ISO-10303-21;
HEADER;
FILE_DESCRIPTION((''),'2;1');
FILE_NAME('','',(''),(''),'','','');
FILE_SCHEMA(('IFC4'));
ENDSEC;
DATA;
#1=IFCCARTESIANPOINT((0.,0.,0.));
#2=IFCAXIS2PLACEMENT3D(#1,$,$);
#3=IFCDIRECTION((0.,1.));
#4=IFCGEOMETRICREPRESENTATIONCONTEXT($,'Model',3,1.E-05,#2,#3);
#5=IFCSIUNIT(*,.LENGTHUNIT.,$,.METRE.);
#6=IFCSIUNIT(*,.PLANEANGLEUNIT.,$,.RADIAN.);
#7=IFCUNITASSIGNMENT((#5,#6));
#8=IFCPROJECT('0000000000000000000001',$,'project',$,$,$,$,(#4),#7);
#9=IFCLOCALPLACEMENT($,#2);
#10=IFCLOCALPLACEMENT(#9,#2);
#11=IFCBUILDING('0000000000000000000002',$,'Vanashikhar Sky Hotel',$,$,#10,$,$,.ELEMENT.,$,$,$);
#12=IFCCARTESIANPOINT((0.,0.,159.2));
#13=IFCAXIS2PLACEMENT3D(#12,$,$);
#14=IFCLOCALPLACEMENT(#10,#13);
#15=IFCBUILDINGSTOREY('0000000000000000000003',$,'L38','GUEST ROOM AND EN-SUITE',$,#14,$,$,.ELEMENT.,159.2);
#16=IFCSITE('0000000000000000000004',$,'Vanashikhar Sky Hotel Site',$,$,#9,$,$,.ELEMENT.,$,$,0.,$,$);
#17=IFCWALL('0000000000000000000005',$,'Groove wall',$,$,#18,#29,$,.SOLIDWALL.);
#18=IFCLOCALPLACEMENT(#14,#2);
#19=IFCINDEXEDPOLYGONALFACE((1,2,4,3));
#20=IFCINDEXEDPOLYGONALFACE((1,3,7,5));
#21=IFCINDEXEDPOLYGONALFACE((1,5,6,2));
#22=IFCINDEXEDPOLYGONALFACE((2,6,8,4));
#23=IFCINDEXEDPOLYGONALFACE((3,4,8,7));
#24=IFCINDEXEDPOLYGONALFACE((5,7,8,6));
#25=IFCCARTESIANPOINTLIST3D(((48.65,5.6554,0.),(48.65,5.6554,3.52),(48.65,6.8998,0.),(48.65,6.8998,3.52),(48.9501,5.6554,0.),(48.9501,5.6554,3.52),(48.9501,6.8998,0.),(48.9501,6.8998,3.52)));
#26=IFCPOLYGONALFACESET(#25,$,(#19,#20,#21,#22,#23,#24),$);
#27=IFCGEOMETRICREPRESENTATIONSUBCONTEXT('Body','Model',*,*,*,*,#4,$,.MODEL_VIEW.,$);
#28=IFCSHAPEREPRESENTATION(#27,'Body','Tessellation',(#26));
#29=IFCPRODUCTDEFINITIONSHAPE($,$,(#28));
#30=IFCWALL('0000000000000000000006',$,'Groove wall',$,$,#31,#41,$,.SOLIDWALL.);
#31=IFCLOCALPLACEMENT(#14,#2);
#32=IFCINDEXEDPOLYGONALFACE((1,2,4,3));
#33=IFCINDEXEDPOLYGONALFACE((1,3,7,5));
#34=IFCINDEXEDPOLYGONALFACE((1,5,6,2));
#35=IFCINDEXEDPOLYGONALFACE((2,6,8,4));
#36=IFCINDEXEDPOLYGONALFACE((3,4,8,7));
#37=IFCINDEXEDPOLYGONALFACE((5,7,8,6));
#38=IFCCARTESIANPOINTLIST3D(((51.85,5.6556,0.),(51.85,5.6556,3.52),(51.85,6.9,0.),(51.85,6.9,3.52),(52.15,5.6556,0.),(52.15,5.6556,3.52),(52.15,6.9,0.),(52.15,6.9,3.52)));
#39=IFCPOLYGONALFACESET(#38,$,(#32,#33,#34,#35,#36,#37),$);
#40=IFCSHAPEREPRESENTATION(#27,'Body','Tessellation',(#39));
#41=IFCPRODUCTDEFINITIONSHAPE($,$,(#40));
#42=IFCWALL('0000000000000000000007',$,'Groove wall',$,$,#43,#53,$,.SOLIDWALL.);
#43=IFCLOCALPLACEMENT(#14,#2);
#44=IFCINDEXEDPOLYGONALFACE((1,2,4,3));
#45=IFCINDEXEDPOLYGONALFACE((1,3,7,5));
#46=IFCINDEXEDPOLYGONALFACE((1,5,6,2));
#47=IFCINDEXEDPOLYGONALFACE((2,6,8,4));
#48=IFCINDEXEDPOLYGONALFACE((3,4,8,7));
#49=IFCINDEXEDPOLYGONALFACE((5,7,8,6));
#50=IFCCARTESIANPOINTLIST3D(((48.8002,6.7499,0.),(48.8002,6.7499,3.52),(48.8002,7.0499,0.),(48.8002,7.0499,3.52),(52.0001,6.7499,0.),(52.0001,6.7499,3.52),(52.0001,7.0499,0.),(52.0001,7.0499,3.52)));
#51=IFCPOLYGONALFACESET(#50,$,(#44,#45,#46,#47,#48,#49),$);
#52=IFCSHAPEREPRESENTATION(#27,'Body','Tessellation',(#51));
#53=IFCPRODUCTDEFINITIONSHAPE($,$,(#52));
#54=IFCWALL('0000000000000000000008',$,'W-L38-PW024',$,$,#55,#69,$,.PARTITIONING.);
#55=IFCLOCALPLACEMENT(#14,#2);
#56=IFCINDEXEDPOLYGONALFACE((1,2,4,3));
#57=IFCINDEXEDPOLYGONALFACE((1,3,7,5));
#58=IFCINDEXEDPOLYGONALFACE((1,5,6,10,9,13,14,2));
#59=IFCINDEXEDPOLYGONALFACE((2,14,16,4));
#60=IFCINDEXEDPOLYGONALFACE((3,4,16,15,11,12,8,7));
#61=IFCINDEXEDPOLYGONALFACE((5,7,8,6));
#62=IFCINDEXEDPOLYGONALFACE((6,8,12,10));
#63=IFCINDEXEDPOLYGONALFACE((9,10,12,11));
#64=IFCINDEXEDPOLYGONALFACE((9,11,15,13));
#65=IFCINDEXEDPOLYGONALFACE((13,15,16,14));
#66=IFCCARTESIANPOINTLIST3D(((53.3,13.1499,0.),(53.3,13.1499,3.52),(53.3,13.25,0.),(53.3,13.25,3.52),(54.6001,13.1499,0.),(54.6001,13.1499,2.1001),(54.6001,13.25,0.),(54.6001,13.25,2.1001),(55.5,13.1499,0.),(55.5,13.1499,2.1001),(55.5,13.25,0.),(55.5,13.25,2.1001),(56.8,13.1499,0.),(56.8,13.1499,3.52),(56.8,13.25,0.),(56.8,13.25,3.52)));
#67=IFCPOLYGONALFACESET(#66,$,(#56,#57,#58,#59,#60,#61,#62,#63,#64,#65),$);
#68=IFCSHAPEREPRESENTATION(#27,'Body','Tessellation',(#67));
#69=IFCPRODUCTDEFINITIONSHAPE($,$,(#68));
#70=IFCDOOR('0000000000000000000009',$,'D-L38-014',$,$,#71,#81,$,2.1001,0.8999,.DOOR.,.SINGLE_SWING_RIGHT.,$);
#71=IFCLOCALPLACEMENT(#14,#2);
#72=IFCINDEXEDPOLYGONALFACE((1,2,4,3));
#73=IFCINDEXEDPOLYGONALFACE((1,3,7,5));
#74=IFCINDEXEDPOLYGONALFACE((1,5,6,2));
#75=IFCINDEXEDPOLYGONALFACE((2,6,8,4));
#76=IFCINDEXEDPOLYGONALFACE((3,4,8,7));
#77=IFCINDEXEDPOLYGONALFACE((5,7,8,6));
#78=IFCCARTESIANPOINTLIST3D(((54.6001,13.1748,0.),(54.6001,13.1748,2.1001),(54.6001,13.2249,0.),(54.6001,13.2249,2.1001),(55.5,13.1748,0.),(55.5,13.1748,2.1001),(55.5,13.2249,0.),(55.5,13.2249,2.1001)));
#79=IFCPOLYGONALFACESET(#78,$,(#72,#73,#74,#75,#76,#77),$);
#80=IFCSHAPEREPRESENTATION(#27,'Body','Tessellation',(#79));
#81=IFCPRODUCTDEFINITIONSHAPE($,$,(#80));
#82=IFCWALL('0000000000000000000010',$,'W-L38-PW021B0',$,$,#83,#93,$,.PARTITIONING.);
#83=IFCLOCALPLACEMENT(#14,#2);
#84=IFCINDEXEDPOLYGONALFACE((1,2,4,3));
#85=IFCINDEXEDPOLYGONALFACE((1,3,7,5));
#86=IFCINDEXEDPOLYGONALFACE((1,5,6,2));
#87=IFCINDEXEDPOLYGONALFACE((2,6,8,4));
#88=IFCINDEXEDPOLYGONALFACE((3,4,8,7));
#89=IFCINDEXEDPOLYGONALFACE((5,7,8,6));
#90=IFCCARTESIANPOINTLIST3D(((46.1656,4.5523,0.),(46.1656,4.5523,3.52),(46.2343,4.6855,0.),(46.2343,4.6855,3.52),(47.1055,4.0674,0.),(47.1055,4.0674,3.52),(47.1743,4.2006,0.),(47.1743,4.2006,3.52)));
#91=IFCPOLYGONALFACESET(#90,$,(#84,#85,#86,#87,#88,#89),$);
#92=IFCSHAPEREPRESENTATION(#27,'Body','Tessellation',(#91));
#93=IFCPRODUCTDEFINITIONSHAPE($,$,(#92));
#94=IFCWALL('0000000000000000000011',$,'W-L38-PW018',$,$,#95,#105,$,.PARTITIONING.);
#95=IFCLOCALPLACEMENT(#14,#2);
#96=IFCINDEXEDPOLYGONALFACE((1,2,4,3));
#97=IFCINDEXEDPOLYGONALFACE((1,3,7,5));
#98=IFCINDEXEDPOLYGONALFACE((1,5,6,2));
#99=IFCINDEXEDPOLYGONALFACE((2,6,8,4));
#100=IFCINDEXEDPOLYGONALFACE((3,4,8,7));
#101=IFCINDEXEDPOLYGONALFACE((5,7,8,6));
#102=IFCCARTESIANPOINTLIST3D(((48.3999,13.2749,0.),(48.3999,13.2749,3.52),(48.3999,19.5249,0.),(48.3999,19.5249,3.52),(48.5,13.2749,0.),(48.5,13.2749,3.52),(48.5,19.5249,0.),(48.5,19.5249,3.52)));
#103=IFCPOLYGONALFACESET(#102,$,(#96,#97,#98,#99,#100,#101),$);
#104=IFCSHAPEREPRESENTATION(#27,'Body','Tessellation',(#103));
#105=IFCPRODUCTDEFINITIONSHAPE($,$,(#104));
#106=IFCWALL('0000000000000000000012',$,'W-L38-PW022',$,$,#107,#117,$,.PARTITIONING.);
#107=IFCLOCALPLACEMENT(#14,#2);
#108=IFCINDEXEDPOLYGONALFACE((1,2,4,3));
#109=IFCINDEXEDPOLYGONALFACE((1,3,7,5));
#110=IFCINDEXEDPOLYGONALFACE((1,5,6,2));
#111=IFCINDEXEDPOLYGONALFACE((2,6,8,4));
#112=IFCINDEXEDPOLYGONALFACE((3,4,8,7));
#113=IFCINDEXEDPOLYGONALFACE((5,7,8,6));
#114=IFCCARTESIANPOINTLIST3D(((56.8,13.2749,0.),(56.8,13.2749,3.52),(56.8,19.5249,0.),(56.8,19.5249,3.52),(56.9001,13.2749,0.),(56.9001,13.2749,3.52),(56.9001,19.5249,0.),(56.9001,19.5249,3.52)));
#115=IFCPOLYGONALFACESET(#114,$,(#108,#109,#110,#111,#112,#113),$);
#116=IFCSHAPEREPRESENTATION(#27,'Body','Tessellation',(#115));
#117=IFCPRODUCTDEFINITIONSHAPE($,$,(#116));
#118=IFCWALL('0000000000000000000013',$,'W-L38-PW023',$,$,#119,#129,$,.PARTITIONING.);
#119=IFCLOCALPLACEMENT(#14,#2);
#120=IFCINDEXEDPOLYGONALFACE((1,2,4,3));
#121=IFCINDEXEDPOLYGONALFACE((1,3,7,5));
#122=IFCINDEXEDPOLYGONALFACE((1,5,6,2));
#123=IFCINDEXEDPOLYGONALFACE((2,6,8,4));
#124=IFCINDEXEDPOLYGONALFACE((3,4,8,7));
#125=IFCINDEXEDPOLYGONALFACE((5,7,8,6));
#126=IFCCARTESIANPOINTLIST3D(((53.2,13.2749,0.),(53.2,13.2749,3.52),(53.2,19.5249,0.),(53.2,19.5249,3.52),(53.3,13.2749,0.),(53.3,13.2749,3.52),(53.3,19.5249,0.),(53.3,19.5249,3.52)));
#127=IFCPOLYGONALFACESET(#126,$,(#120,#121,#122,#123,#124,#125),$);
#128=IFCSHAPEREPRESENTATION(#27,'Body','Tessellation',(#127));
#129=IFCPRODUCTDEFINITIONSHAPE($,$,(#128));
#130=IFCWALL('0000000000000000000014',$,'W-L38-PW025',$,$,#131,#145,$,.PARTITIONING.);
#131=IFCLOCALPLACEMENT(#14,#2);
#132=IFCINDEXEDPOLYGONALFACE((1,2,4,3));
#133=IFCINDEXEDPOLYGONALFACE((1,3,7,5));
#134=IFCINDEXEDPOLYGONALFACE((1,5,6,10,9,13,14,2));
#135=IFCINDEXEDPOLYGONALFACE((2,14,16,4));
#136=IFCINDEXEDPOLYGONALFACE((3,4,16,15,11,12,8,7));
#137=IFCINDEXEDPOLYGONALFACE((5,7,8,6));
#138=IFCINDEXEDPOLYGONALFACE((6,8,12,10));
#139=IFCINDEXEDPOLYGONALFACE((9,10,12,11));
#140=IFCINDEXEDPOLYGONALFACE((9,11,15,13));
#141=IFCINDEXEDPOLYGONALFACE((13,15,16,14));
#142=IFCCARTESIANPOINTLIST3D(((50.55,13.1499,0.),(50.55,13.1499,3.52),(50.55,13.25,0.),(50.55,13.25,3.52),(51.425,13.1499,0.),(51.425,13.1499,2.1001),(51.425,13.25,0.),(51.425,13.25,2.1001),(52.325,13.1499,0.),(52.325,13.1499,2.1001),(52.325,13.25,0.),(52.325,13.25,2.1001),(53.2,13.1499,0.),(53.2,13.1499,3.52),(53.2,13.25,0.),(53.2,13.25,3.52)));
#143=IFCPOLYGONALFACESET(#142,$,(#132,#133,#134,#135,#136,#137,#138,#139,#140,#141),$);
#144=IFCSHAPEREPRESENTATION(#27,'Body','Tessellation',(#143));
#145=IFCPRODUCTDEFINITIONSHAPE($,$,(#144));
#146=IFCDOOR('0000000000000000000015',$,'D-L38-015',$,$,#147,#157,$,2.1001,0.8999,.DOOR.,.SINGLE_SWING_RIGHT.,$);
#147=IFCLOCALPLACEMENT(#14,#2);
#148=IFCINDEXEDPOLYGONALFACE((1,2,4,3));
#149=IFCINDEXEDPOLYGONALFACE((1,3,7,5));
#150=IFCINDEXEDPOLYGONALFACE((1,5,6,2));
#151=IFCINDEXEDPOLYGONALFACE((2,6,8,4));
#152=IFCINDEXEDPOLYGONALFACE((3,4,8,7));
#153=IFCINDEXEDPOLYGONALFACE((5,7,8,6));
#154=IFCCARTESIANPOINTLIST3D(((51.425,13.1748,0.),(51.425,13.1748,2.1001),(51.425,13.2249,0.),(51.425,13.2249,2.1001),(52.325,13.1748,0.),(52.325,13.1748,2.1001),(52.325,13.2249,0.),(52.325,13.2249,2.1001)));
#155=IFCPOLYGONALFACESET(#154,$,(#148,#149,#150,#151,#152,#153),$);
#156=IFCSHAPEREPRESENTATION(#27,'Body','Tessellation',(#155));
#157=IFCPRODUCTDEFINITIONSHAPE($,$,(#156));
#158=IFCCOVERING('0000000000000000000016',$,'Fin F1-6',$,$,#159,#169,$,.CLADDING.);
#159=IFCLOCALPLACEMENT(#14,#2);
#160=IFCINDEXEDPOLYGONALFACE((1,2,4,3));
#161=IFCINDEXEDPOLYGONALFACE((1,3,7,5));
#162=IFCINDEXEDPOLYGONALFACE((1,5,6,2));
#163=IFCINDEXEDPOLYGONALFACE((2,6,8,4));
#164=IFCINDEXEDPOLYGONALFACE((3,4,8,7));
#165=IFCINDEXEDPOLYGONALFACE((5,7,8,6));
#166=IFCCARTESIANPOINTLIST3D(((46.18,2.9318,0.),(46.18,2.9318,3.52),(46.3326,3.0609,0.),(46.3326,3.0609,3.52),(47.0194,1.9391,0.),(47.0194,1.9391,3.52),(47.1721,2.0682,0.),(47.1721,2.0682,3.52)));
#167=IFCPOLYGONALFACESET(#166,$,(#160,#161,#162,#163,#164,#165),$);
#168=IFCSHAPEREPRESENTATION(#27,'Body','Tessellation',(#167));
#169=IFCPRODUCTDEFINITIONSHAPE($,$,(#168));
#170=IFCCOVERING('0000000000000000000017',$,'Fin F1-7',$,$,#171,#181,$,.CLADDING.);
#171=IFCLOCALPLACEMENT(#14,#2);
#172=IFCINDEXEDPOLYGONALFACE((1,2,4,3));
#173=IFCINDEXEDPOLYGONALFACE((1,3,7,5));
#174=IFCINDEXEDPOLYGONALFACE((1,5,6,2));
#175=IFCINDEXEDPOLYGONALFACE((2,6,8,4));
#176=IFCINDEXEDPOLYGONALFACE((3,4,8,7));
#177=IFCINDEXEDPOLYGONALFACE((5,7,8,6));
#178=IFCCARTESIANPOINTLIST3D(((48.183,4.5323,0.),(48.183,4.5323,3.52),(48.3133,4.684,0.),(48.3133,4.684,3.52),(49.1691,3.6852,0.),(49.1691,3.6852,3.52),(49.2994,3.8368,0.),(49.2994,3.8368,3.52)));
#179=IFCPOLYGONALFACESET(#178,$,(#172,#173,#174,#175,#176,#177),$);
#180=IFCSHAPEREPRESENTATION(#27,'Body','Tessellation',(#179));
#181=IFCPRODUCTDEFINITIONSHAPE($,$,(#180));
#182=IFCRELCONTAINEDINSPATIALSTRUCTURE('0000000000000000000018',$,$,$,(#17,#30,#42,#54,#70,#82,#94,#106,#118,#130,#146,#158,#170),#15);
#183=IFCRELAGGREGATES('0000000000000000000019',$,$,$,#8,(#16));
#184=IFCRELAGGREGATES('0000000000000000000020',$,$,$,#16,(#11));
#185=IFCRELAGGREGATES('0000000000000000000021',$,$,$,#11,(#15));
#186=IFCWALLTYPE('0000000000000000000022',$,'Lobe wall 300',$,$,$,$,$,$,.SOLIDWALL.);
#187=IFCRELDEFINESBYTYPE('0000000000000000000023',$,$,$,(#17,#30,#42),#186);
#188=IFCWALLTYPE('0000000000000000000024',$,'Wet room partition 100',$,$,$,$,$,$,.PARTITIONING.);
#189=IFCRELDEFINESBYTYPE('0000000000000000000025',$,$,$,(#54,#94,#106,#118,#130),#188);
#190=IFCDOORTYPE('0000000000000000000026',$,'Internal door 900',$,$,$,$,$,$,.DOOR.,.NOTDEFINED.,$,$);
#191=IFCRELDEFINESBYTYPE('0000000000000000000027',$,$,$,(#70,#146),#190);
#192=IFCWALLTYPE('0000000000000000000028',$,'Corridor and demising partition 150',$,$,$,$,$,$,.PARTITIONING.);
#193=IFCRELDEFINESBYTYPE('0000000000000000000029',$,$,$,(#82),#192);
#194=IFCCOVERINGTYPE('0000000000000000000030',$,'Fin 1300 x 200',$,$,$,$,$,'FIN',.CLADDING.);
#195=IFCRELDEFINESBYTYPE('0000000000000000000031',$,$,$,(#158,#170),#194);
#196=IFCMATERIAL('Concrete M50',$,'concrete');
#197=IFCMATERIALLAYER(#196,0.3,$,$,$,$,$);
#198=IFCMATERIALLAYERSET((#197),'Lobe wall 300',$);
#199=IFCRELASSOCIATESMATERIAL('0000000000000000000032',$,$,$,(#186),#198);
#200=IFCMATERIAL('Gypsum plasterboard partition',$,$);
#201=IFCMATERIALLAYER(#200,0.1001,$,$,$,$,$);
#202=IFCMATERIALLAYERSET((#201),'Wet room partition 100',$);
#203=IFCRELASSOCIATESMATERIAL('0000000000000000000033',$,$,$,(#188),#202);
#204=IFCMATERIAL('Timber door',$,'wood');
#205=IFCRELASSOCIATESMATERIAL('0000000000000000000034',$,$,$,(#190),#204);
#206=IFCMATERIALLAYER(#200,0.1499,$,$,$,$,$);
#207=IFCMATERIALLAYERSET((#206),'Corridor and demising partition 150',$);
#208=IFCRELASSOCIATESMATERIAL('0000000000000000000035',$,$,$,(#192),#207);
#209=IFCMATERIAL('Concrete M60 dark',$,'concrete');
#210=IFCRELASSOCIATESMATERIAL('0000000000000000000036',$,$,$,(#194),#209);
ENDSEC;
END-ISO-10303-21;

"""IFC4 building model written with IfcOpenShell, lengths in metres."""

from ifc_helpers import new_model, si_unit, direction, frame, frame_2d, origin, origin_2d, place, context, subcontext, project, spatial, rectangle, extrude, source, transform, mapped, material, layer, layer_set, material_profile, profile_set, type_object, element, fill, save


model = new_model("IFC4")

# Units and contexts
model_context = context("Model", 3, precision=1e-05, world=origin(), true_north=direction((0.0, 1.0)))
body_context = subcontext(model_context, "Body", "Model", "MODEL_VIEW")
ifc_project = project(units=[si_unit("LENGTHUNIT", "METRE"), si_unit("PLANEANGLEUNIT", "RADIAN")], contexts=[model_context])

# Site, building, storey
site_placement = place(None, origin())
site = spatial("IfcSite", under=ifc_project, at=site_placement, Name="Vanashikhar Sky Hotel Site", CompositionType="ELEMENT", RefElevation=0.0)
building_placement = place(site_placement, origin())
building = spatial("IfcBuilding", under=site, at=building_placement, Name="Vanashikhar Sky Hotel", CompositionType="ELEMENT")
storey_placement = place(building_placement, frame((0.0, 0.0, 159.2)))
storey = spatial("IfcBuildingStorey", under=building, at=storey_placement, Name="L38", Description="GUEST ROOM AND EN-SUITE", CompositionType="ELEMENT", Elevation=159.2)

# Shared definitions
ifc_material_1 = material(Name="Concrete M50", Category="concrete")
ifc_layer_1 = layer(ifc_material_1, 0.3)
ifc_layer_set_1 = layer_set([ifc_layer_1], Name="Lobe wall 300")
wall_type_1 = type_object("IfcWallType", Name="Lobe wall 300", PredefinedType="SOLIDWALL", material=ifc_layer_set_1)

# Walls
shared_shape_1 = source(origin(), body_context, "Body", "SweptSolid", [
    extrude(rectangle(XDim=1.2444, YDim=0.3, at=frame_2d((0.6221, 0.0))), origin(), (0.0, 0.0, 1.0), 3.52),
])
for number, where, z_axis, x_axis, name in (
    (1, (48.8, 5.6555, 0.0), (0.0, 0.0, 1.0), (0.0, 1.0, 0.0), "Groove wall"),
    (2, (52.0, 6.8999, 0.0), (0.0, 0.0, 1.0), (0.0, -1.0, 0.0), "Groove wall"),
):
    element("IfcWall", number, at=place(storey_placement, frame(where, z_axis=z_axis, x_axis=x_axis)), inside=storey, type_object=wall_type_1, Name=name, PredefinedType="SOLIDWALL", context=body_context, shape_type="MappedRepresentation", body=[
        mapped(shared_shape_1, transform((0.0, 0.0, 0.0), scale=1.0)),
    ])
shared_shape_2 = source(origin(), body_context, "Body", "SweptSolid", [
    extrude(rectangle(XDim=3.2, YDim=0.3, at=frame_2d((1.6001, 0.0))), origin(), (0.0, 0.0, 1.0), 3.52),
])
wall_1_placement = place(storey_placement, frame((48.8, 6.8999, 0.0), z_axis=(0.0, 0.0, 1.0), x_axis=(1.0, 0.0, 0.0)))
element("IfcWall", 3, at=wall_1_placement, inside=storey, type_object=wall_type_1, Name="Groove wall", PredefinedType="SOLIDWALL", context=body_context, shape_type="MappedRepresentation", body=[
    mapped(shared_shape_2, transform((0.0, 0.0, 0.0), scale=1.0)),
])

# Wall, opening, door
ifc_material_2 = material(Name="Gypsum plasterboard partition")
ifc_layer_2 = layer(ifc_material_2, 0.1001)
ifc_layer_set_2 = layer_set([ifc_layer_2], Name="Wet room partition 100")
wall_type_2 = type_object("IfcWallType", Name="Wet room partition 100", PredefinedType="PARTITIONING", material=ifc_layer_set_2)
shared_shape_3 = source(origin(), body_context, "Body", "SweptSolid", [
    extrude(rectangle(XDim=3.5, YDim=0.1001, at=frame_2d((1.75, 0.0))), origin(), (0.0, 0.0, 1.0), 3.52),
])
wall_2_placement = place(storey_placement, frame((53.3, 13.2, 0.0), z_axis=(0.0, 0.0, 1.0), x_axis=(1.0, 0.0, 0.0)))
wall_2 = element("IfcWall", 4, at=wall_2_placement, inside=storey, type_object=wall_type_2, Name="W-L38-PW024", PredefinedType="PARTITIONING", context=body_context, shape_type="MappedRepresentation", body=[
    mapped(shared_shape_3, transform((0.0, 0.0, 0.0), scale=1.0)),
])
shared_shape_4 = source(origin(), body_context, "Body", "SweptSolid", [
    extrude(rectangle(XDim=0.8999, YDim=2.1001, at=frame_2d((0.45, 1.05))), frame((0.0, 0.0601, 0.0), z_axis=(0.0, -1.0, 0.0), x_axis=(1.0, 0.0, 0.0)), (0.0, 0.0, 1.0), 0.1201),
])
opening_1_placement = place(wall_2_placement, frame((1.3, 0.0, 0.0)))
opening_1 = element("IfcOpeningElement", 5, at=opening_1_placement, cuts=wall_2, PredefinedType="OPENING", context=body_context, shape_type="MappedRepresentation", body=[
    mapped(shared_shape_4, transform((0.0, 0.0, 0.0), scale=1.0)),
])
ifc_material_3 = material(Name="Timber door", Category="wood")
door_type = type_object("IfcDoorType", Name="Internal door 900", OperationType="NOTDEFINED", PredefinedType="DOOR", material=ifc_material_3)
shared_shape_5 = source(origin(), body_context, "Body", "SweptSolid", [
    extrude(rectangle(XDim=0.8999, YDim=2.1001, at=frame_2d((0.45, 1.05))), frame((0.0, 0.0249, 0.0), z_axis=(0.0, -1.0, 0.0), x_axis=(1.0, 0.0, 0.0)), (0.0, 0.0, 1.0), 0.05),
])
door_1_placement = place(opening_1_placement, origin())
door_1 = element("IfcDoor", 6, at=door_1_placement, inside=storey, type_object=door_type, Name="D-L38-014", OperationType="SINGLE_SWING_RIGHT", OverallHeight=2.1001, OverallWidth=0.8999, PredefinedType="DOOR", context=body_context, shape_type="MappedRepresentation", body=[
    mapped(shared_shape_5, transform((0.0, 0.0, 0.0), scale=1.0)),
])
fill(opening_1, door_1)

# Walls
ifc_layer_3 = layer(ifc_material_2, 0.1499)
ifc_layer_set_3 = layer_set([ifc_layer_3], Name="Corridor and demising partition 150")
wall_type_3 = type_object("IfcWallType", Name="Corridor and demising partition 150", PredefinedType="PARTITIONING", material=ifc_layer_set_3)
shared_shape_6 = source(origin(), body_context, "Body", "SweptSolid", [
    extrude(rectangle(XDim=1.0576, YDim=0.1499, at=frame_2d((0.5288, 0.0))), origin(), (0.0, 0.0, 1.0), 3.52),
])
wall_3_placement = place(storey_placement, frame((47.1399, 4.134, 0.0), z_axis=(0.0, 0.0, 1.0), x_axis=(-0.888724, 0.458443, 0.0)))
element("IfcWall", 7, at=wall_3_placement, inside=storey, type_object=wall_type_3, Name="W-L38-PW021B0", PredefinedType="PARTITIONING", context=body_context, shape_type="MappedRepresentation", body=[
    mapped(shared_shape_6, transform((0.0, 0.0, 0.0), scale=1.0)),
])
shared_shape_7 = source(origin(), body_context, "Body", "SweptSolid", [
    extrude(rectangle(XDim=6.25, YDim=0.1001, at=frame_2d((3.125, 0.0))), origin(), (0.0, 0.0, 1.0), 3.52),
])
for number, where, z_axis, x_axis, name in (
    (8, (48.45, 13.2749, 0.0), (0.0, 0.0, 1.0), (0.0, 1.0, 0.0), "W-L38-PW018"),
    (9, (56.8501, 13.2749, 0.0), (0.0, 0.0, 1.0), (0.0, 1.0, 0.0), "W-L38-PW022"),
    (10, (53.25, 13.2749, 0.0), (0.0, 0.0, 1.0), (0.0, 1.0, 0.0), "W-L38-PW023"),
):
    element("IfcWall", number, at=place(storey_placement, frame(where, z_axis=z_axis, x_axis=x_axis)), inside=storey, type_object=wall_type_2, Name=name, PredefinedType="PARTITIONING", context=body_context, shape_type="MappedRepresentation", body=[
        mapped(shared_shape_7, transform((0.0, 0.0, 0.0), scale=1.0)),
    ])

# Wall, opening, door
shared_shape_8 = source(origin(), body_context, "Body", "SweptSolid", [
    extrude(rectangle(XDim=2.6499, YDim=0.1001, at=frame_2d((1.325, 0.0))), origin(), (0.0, 0.0, 1.0), 3.52),
])
wall_4_placement = place(storey_placement, frame((50.55, 13.2, 0.0), z_axis=(0.0, 0.0, 1.0), x_axis=(1.0, 0.0, 0.0)))
wall_4 = element("IfcWall", 11, at=wall_4_placement, inside=storey, type_object=wall_type_2, Name="W-L38-PW025", PredefinedType="PARTITIONING", context=body_context, shape_type="MappedRepresentation", body=[
    mapped(shared_shape_8, transform((0.0, 0.0, 0.0), scale=1.0)),
])
opening_2_placement = place(wall_4_placement, frame((0.875, 0.0, 0.0)))
opening_2 = element("IfcOpeningElement", 12, at=opening_2_placement, cuts=wall_4, PredefinedType="OPENING", context=body_context, shape_type="MappedRepresentation", body=[
    mapped(shared_shape_4, transform((0.0, 0.0, 0.0), scale=1.0)),
])
door_2_placement = place(opening_2_placement, origin())
door_2 = element("IfcDoor", 13, at=door_2_placement, inside=storey, type_object=door_type, Name="D-L38-015", OperationType="SINGLE_SWING_RIGHT", OverallHeight=2.1001, OverallWidth=0.8999, PredefinedType="DOOR", context=body_context, shape_type="MappedRepresentation", body=[
    mapped(shared_shape_5, transform((0.0, 0.0, 0.0), scale=1.0)),
])
fill(opening_2, door_2)

# Coverings
ifc_material_4 = material(Name="Concrete M60 dark", Category="concrete")
ifc_material_profile = material_profile(ifc_material_4, rectangle(XDim=1.3, YDim=0.2, at=origin_2d()))
ifc_profile_set = profile_set([ifc_material_profile], Name="Fin 1300 x 200")
covering_type = type_object("IfcCoveringType", Name="Fin 1300 x 200", ElementType="FIN", PredefinedType="CLADDING", material=ifc_profile_set)
shared_shape_9 = source(origin(), body_context, "Body", "SweptSolid", [
    extrude(rectangle(XDim=1.3, YDim=0.2, at=origin_2d()), origin(), (0.0, 0.0, 1.0), 3.52),
])
for number, where, z_axis, x_axis, name in (
    (14, (46.676, 2.5, 0.0), (0.0, 0.0, 1.0), (0.645698, -0.763593, 0.0), "Fin F1-6"),
    (15, (48.7412, 4.1846, 0.0), (0.0, 0.0, 1.0), (0.758544, -0.651622, 0.0), "Fin F1-7"),
):
    element("IfcCovering", number, at=place(storey_placement, frame(where, z_axis=z_axis, x_axis=x_axis)), inside=storey, type_object=covering_type, Name=name, PredefinedType="CLADDING", context=body_context, shape_type="MappedRepresentation", body=[
        mapped(shared_shape_9, transform((0.0, 0.0, 0.0), scale=1.0)),
    ])

save(model, "model.ifc")
